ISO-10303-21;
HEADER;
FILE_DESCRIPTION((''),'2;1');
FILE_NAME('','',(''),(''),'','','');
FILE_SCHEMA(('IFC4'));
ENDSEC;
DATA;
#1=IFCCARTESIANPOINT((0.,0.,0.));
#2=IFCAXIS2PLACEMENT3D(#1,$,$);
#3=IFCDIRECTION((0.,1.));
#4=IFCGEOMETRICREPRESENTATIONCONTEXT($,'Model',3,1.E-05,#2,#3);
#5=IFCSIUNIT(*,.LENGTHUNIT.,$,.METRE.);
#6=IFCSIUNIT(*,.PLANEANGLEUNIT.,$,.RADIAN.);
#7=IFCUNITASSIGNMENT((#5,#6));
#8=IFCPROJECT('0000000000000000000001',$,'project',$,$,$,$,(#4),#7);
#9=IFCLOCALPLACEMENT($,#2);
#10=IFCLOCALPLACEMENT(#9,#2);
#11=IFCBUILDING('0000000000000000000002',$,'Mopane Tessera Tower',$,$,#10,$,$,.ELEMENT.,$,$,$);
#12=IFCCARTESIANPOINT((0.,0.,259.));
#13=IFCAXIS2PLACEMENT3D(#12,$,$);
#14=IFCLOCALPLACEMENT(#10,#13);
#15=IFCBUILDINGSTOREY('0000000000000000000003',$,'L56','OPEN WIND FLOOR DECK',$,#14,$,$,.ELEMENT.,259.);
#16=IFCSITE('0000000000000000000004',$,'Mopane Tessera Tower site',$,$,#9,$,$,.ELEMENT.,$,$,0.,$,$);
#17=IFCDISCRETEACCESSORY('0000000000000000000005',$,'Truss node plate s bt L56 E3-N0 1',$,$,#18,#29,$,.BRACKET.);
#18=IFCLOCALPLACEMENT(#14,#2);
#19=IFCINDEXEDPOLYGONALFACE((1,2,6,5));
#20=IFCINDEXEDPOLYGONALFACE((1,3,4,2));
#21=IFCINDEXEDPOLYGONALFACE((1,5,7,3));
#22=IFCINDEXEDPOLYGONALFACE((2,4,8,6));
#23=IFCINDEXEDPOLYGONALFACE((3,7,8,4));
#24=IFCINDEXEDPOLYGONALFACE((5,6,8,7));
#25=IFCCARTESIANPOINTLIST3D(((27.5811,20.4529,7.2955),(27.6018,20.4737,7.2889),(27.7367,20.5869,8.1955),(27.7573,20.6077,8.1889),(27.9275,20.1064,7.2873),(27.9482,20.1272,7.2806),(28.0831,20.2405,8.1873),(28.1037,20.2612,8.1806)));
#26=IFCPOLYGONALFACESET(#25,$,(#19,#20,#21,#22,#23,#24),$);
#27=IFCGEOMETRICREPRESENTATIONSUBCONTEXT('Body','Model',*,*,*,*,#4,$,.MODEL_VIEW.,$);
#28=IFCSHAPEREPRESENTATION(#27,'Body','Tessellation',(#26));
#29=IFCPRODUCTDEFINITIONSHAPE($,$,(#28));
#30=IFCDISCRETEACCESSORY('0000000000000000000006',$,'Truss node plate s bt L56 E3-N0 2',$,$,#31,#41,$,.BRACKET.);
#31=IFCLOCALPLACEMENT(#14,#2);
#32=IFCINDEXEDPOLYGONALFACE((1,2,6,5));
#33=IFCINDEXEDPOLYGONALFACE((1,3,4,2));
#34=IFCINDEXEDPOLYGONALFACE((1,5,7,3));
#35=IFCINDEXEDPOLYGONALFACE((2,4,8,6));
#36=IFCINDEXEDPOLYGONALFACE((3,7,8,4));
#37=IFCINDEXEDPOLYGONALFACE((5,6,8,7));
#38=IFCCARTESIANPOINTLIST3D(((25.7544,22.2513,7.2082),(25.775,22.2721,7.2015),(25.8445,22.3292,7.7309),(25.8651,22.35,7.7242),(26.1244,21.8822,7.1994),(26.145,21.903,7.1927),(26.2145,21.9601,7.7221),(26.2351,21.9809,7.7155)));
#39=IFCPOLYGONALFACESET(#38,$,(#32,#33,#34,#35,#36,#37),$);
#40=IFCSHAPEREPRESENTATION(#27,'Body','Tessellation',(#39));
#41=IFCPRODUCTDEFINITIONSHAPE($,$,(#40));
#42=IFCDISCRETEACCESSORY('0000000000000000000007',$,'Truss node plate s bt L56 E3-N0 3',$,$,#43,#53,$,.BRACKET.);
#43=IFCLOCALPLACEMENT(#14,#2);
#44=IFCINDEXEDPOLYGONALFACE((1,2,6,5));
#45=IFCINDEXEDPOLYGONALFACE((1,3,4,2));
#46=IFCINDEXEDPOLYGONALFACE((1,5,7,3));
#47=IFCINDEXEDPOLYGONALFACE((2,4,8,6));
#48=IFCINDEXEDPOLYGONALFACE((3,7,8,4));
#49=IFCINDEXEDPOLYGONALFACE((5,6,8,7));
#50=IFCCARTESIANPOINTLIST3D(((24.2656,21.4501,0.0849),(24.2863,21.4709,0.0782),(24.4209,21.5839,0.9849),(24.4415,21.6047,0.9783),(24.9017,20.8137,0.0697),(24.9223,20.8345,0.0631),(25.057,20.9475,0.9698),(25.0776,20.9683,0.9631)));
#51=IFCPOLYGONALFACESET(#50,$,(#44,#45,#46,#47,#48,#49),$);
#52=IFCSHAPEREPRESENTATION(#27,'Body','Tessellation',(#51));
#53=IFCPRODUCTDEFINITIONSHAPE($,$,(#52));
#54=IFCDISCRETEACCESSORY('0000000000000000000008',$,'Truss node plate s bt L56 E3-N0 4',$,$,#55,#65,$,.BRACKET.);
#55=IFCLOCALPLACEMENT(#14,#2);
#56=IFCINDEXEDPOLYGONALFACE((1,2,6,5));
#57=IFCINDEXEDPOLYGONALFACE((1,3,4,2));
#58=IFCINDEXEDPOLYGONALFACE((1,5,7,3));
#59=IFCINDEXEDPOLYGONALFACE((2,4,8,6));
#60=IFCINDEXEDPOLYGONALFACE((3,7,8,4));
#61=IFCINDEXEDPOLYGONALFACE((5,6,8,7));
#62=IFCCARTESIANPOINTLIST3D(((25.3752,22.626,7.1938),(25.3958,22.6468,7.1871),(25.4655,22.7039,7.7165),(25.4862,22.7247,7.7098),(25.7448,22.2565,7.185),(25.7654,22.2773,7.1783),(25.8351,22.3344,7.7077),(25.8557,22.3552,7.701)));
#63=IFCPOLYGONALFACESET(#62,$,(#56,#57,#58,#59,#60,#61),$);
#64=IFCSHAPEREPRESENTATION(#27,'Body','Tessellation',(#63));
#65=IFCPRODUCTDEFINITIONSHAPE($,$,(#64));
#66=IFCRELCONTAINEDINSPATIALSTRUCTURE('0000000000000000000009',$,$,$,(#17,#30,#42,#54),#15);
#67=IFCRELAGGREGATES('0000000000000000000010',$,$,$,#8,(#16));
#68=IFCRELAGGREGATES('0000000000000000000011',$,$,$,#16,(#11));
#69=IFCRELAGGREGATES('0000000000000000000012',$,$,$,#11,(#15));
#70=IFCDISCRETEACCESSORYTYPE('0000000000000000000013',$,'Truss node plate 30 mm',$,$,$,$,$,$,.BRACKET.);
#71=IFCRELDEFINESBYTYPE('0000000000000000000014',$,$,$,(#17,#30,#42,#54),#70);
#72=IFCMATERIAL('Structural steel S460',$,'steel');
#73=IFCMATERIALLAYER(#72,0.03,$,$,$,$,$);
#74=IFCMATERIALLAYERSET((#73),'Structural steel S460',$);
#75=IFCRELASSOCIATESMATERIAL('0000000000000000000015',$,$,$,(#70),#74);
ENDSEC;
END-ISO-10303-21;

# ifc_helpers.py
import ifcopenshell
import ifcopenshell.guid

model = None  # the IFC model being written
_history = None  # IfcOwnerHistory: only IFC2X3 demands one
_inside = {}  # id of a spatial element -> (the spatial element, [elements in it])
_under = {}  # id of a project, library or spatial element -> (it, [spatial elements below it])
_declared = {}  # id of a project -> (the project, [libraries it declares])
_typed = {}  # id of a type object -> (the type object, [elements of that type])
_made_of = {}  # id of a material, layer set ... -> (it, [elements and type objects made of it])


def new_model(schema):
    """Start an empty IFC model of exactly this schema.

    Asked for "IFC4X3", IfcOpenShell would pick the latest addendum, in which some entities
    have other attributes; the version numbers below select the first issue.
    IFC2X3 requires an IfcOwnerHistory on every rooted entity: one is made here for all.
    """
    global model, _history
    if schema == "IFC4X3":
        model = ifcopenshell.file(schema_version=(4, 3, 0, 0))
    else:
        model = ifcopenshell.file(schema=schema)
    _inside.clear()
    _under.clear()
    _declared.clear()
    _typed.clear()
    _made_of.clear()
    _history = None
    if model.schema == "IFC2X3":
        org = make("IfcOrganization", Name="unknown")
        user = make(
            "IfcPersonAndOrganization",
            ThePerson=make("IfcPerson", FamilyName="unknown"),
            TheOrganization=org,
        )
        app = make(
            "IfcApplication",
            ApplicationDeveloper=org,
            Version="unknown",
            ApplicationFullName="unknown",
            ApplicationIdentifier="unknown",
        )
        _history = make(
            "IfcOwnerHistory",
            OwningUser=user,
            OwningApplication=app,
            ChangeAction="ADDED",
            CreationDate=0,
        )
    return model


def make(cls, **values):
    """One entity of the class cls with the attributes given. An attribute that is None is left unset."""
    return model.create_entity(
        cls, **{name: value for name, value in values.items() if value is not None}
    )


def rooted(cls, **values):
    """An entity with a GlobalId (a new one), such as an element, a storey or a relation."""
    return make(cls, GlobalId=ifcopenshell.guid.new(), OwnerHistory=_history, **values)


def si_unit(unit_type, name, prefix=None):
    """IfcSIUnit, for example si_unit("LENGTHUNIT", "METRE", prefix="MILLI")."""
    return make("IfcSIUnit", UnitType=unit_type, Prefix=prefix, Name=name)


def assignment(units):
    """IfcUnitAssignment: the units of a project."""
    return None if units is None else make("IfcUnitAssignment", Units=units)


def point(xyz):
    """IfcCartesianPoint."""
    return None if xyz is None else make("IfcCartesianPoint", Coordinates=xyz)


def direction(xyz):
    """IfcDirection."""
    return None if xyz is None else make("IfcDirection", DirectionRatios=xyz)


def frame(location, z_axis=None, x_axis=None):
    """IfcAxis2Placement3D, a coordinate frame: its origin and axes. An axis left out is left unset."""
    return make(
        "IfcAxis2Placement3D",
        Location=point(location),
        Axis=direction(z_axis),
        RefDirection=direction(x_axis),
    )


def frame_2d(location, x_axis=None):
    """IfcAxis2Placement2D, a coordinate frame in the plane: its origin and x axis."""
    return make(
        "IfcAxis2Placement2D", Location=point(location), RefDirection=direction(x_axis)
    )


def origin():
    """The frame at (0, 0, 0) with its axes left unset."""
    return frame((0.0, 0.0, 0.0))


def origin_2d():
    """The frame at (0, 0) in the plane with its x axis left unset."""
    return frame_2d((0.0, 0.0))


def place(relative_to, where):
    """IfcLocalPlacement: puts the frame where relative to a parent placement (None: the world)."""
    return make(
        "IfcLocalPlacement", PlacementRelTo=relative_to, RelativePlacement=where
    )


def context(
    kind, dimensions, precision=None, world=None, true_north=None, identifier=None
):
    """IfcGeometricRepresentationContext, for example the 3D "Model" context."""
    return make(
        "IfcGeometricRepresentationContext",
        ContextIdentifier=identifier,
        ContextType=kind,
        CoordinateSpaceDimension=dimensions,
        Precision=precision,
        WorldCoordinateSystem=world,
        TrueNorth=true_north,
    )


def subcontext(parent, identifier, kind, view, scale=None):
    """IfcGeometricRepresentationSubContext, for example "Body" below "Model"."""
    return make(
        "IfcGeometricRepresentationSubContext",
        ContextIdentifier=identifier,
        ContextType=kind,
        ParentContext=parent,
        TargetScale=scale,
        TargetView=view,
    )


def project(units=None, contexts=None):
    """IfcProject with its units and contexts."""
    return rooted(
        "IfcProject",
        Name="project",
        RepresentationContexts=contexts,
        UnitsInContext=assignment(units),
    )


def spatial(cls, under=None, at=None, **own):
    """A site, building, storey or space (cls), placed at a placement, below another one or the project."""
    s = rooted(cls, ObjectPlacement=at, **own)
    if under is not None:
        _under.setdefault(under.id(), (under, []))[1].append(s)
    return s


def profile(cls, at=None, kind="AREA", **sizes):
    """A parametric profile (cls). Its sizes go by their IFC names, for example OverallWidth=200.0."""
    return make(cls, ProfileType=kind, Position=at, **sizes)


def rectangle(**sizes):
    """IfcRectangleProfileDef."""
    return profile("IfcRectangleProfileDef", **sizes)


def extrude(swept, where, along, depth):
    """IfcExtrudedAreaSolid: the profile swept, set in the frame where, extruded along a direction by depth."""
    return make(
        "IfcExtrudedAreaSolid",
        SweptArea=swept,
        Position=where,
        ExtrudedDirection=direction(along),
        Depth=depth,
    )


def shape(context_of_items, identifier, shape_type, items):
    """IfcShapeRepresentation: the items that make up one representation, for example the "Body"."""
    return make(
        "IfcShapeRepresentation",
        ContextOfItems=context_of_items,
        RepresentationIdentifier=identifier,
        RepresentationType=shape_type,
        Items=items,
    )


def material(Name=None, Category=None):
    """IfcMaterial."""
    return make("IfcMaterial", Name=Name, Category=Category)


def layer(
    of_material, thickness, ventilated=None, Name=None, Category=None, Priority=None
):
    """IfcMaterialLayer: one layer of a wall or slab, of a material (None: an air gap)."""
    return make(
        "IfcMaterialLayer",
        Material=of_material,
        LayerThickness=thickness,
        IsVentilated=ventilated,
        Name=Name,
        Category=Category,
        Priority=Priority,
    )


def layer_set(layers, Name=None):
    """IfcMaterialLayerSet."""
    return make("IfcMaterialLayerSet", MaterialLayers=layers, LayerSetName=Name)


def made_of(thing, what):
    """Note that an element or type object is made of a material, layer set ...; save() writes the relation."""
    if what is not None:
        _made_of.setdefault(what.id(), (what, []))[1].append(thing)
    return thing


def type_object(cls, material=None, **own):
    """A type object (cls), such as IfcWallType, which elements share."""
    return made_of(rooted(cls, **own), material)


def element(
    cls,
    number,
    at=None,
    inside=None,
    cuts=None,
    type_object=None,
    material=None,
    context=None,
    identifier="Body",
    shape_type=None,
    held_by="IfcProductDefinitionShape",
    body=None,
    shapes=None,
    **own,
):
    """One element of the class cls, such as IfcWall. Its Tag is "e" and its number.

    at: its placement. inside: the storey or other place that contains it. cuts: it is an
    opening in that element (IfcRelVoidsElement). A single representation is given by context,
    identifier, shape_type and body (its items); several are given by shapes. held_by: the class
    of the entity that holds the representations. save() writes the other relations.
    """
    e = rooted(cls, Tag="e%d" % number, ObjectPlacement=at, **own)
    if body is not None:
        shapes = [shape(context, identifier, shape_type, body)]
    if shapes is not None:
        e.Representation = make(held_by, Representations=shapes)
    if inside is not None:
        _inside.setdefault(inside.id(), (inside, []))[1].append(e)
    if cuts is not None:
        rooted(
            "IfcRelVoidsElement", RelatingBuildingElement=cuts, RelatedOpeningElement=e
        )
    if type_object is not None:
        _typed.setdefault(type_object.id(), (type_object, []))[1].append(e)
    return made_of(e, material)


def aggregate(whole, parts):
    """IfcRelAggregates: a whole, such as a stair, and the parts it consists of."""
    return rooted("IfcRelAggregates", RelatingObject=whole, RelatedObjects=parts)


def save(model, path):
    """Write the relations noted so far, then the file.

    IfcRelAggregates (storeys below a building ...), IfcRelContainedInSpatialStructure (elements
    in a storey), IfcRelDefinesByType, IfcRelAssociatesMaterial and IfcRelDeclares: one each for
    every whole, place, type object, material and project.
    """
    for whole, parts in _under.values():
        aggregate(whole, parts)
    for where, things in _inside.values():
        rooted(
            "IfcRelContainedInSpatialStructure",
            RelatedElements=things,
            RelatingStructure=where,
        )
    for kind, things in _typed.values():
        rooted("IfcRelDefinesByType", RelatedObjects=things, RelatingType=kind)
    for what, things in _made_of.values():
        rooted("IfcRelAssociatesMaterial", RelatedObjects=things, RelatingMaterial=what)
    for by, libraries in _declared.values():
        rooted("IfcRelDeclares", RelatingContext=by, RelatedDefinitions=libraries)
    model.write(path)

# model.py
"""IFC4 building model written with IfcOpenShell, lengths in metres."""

from ifc_helpers import new_model, si_unit, direction, frame, origin, origin_2d, place, context, subcontext, project, spatial, rectangle, extrude, material, layer, layer_set, type_object, element, save


model = new_model("IFC4")

# Units and contexts
model_context = context("Model", 3, precision=1e-05, world=origin(), true_north=direction((0.0, 1.0)))
body_context = subcontext(model_context, "Body", "Model", "MODEL_VIEW")
ifc_project = project(units=[si_unit("LENGTHUNIT", "METRE"), si_unit("PLANEANGLEUNIT", "RADIAN")], contexts=[model_context])

# Site, building, storey
site_placement = place(None, origin())
site = spatial("IfcSite", under=ifc_project, at=site_placement, Name="Mopane Tessera Tower site", CompositionType="ELEMENT", RefElevation=0.0)
building_placement = place(site_placement, origin())
building = spatial("IfcBuilding", under=site, at=building_placement, Name="Mopane Tessera Tower", CompositionType="ELEMENT")
storey_placement = place(building_placement, frame((0.0, 0.0, 259.0)))
storey = spatial("IfcBuildingStorey", under=building, at=storey_placement, Name="L56", Description="OPEN WIND FLOOR DECK", CompositionType="ELEMENT", Elevation=259.0)

# Discrete accessories
ifc_material_1 = material(Name="Structural steel S460", Category="steel")
ifc_layer = layer(ifc_material_1, 0.03)
ifc_layer_set = layer_set([ifc_layer], Name="Structural steel S460")
discrete_accessory_type = type_object("IfcDiscreteAccessoryType", Name="Truss node plate 30 mm", PredefinedType="BRACKET", material=ifc_layer_set)
discrete_accessory_1_placement = place(storey_placement, frame((27.7646, 20.29, 7.2881), z_axis=(0.168487, 0.145211, 0.974949), x_axis=(-0.686949, -0.692034, 0.221789)))
element("IfcDiscreteAccessory", 1, at=discrete_accessory_1_placement, inside=storey, type_object=discrete_accessory_type, Name="Truss node plate s bt L56 E3-N0 1", PredefinedType="BRACKET", context=body_context, shape_type="SweptSolid", body=[
    extrude(rectangle(XDim=0.03, YDim=0.49, at=origin_2d()), origin(), (0.0, 0.0, 1.0), 0.9231),
])
discrete_accessory_2_placement = place(storey_placement, frame((25.9497, 22.0771, 7.2004), z_axis=(0.168043, 0.145273, 0.975016), x_axis=(-0.685949, -0.693119, 0.221495)))
element("IfcDiscreteAccessory", 2, at=discrete_accessory_2_placement, inside=storey, type_object=discrete_accessory_type, Name="Truss node plate s bt L56 E3-N0 2", PredefinedType="BRACKET", context=body_context, shape_type="SweptSolid", body=[
    extrude(rectangle(XDim=0.03, YDim=0.5227, at=origin_2d()), origin(), (0.0, 0.0, 1.0), 0.5361),
])
discrete_accessory_3_placement = place(storey_placement, frame((24.594, 21.1423, 0.074), z_axis=(0.168193, 0.144921, 0.975043), x_axis=(-0.687106, -0.692009, 0.221378)))
element("IfcDiscreteAccessory", 3, at=discrete_accessory_3_placement, inside=storey, type_object=discrete_accessory_type, Name="Truss node plate s bt L56 E3-N0 3", PredefinedType="BRACKET", context=body_context, shape_type="SweptSolid", body=[
    extrude(rectangle(XDim=0.03, YDim=0.8999, at=origin_2d()), origin(), (0.0, 0.0, 1.0), 0.9231),
])
discrete_accessory_4_placement = place(storey_placement, frame((25.5703, 22.4517, 7.186), z_axis=(0.168486, 0.145262, 0.974942), x_axis=(-0.68682, -0.692151, 0.221821)))
element("IfcDiscreteAccessory", 4, at=discrete_accessory_4_placement, inside=storey, type_object=discrete_accessory_type, Name="Truss node plate s bt L56 E3-N0 4", PredefinedType="BRACKET", context=body_context, shape_type="SweptSolid", body=[
    extrude(rectangle(XDim=0.03, YDim=0.5227, at=origin_2d()), origin(), (0.0, 0.0, 1.0), 0.5361),
])

save(model, "model.ifc")
